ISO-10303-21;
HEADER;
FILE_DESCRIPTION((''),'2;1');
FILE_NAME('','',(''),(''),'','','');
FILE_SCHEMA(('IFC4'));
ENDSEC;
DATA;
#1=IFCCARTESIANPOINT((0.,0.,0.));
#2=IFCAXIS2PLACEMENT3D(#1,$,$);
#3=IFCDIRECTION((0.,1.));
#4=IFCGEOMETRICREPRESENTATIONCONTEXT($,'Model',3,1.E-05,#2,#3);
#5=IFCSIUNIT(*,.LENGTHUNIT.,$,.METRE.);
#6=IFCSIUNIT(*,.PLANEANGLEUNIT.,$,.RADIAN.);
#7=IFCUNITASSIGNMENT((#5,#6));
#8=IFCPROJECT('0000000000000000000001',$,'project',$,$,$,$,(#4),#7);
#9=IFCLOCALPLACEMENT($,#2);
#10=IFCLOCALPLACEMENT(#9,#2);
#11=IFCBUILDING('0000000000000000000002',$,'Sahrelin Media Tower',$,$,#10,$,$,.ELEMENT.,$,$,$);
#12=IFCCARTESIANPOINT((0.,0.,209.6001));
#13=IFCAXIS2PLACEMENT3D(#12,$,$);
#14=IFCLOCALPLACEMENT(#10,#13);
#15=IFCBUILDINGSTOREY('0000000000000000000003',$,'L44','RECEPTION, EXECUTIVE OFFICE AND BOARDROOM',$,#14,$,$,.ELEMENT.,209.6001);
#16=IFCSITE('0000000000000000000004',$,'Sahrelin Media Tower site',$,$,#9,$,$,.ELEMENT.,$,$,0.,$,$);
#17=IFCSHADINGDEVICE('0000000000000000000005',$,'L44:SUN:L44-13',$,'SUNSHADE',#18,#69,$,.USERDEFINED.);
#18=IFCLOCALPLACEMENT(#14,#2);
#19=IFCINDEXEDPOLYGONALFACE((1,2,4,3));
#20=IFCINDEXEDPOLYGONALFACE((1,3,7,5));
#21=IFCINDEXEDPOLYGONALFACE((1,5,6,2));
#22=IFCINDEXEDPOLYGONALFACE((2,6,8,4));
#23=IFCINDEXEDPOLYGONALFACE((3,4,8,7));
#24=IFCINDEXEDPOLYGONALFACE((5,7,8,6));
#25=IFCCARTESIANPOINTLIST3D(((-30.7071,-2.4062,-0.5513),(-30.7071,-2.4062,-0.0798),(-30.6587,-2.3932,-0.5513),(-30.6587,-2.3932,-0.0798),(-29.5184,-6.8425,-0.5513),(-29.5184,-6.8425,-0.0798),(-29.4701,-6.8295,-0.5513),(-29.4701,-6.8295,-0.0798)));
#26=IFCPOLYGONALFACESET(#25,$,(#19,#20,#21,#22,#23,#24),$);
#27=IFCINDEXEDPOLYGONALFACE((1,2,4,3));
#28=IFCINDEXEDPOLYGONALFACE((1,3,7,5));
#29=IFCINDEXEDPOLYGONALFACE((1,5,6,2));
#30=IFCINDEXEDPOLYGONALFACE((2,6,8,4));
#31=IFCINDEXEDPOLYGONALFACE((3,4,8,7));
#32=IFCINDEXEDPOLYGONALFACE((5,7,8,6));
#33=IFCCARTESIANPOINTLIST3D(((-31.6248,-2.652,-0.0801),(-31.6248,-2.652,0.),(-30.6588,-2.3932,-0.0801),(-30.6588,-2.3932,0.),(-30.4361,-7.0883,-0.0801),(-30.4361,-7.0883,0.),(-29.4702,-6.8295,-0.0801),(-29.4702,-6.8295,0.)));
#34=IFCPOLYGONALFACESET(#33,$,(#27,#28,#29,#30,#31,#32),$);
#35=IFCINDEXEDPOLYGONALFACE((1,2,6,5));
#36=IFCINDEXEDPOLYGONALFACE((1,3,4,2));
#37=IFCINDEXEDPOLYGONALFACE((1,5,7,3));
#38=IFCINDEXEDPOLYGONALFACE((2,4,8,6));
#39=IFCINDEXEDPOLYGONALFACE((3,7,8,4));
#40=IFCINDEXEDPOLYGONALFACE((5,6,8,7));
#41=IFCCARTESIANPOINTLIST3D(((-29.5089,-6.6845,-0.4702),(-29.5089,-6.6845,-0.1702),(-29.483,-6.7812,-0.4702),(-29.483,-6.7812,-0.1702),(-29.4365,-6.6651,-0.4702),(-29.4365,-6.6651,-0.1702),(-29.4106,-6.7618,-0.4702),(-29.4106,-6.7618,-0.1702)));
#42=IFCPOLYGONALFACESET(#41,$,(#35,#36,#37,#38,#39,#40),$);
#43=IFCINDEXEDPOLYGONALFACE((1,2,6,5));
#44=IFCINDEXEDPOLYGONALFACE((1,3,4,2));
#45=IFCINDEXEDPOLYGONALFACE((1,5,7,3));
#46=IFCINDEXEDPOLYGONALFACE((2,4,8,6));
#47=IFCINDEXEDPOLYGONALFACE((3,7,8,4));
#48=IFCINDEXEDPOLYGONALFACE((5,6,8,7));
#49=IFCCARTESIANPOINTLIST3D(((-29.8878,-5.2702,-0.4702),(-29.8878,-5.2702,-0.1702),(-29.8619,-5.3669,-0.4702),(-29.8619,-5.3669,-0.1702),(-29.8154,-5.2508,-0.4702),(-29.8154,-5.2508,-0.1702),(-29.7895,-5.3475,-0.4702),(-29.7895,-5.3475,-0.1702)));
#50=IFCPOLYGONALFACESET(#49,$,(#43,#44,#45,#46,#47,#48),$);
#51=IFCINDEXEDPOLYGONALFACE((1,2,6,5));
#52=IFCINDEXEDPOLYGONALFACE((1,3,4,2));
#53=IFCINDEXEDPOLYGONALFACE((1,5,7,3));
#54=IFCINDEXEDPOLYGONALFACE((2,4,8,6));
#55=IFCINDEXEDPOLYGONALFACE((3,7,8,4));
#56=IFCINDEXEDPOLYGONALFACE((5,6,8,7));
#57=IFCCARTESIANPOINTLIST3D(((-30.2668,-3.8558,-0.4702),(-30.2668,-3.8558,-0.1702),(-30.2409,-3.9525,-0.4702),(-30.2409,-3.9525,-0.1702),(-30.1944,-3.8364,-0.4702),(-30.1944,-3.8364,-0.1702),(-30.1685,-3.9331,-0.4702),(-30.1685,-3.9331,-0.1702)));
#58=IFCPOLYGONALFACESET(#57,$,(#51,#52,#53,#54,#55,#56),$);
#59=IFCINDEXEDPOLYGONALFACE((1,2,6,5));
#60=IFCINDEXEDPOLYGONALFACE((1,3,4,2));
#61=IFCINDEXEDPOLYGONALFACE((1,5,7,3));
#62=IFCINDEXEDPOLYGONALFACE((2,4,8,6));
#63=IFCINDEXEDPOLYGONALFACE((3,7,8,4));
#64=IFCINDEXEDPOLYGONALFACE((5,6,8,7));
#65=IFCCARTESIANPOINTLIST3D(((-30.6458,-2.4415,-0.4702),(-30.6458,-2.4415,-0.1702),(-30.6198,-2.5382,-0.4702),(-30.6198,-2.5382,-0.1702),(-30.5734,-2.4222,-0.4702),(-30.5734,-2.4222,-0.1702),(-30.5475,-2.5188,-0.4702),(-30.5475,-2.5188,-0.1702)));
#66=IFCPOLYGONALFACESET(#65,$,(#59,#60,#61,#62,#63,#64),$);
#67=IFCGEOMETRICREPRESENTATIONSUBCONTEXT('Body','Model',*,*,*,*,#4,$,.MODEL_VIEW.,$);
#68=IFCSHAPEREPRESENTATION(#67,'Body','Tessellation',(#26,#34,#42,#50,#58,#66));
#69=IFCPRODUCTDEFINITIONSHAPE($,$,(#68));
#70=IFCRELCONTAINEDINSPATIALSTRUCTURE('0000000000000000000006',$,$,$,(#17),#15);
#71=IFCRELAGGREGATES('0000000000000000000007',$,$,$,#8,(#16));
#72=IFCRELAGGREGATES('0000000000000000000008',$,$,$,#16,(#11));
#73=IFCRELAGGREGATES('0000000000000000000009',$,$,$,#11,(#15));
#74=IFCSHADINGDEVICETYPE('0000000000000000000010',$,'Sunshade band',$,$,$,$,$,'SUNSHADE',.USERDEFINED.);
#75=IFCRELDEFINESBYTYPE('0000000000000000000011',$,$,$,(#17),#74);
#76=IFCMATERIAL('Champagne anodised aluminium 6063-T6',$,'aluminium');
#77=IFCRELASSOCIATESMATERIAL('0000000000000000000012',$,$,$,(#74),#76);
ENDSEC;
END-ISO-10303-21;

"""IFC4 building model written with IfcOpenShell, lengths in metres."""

from ifc_helpers import new_model, si_unit, direction, frame, origin, origin_2d, place, context, subcontext, project, spatial, rectangle, extrude, material, type_object, element, save


model = new_model("IFC4")

# Units and contexts
model_context = context("Model", 3, precision=1e-05, world=origin(), true_north=direction((0.0, 1.0)))
body_context = subcontext(model_context, "Body", "Model", "MODEL_VIEW")
ifc_project = project(units=[si_unit("LENGTHUNIT", "METRE"), si_unit("PLANEANGLEUNIT", "RADIAN")], contexts=[model_context])

# Site, building, storey
site_placement = place(None, origin())
site = spatial("IfcSite", under=ifc_project, at=site_placement, Name="Sahrelin Media Tower site", CompositionType="ELEMENT", RefElevation=0.0)
building_placement = place(site_placement, origin())
building = spatial("IfcBuilding", under=site, at=building_placement, Name="Sahrelin Media Tower", CompositionType="ELEMENT")
storey_placement = place(building_placement, frame((0.0, 0.0, 209.6001)))
storey = spatial("IfcBuildingStorey", under=building, at=storey_placement, Name="L44", Description="RECEPTION, EXECUTIVE OFFICE AND BOARDROOM", CompositionType="ELEMENT", Elevation=209.6001)

# Shared definitions
ifc_material_1 = material(Name="Champagne anodised aluminium 6063-T6", Category="aluminium")

# Shading device
placement_1 = place(storey_placement, frame((-30.0452, -4.6062, 0.0), z_axis=(0.0, 0.0, 1.0), x_axis=(-0.258808, 0.965929, 0.0)))
shading_device_type_1 = type_object("IfcShadingDeviceType", Name="Sunshade band", ElementType="SUNSHADE", PredefinedType="USERDEFINED", material=ifc_material_1)
element("IfcShadingDevice", 1, at=placement_1, inside=storey, type_object=shading_device_type_1, Name="L44:SUN:L44-13", ObjectType="SUNSHADE", PredefinedType="USERDEFINED", context=body_context, shape_type="SweptSolid", body=[
    extrude(rectangle(XDim=4.5928, YDim=0.05, at=origin_2d()), frame((0.0, 0.0449, -0.5513)), (0.0, 0.0, 1.0), 0.4714),
    extrude(rectangle(XDim=4.5928, YDim=1.0, at=origin_2d()), frame((0.0, 0.52, -0.0801)), (0.0, 0.0, 1.0), 0.0801),
    extrude(rectangle(XDim=0.1001, YDim=0.075, at=origin_2d()), frame((-2.1963, -0.0176, -0.4702)), (0.0, 0.0, 1.0), 0.3),
    extrude(rectangle(XDim=0.1001, YDim=0.075, at=origin_2d()), frame((-0.7322, -0.0176, -0.4702)), (0.0, 0.0, 1.0), 0.3),
    extrude(rectangle(XDim=0.1001, YDim=0.075, at=origin_2d()), frame((0.7322, -0.0176, -0.4702)), (0.0, 0.0, 1.0), 0.3),
    extrude(rectangle(XDim=0.1001, YDim=0.075, at=origin_2d()), frame((2.1963, -0.0176, -0.4702)), (0.0, 0.0, 1.0), 0.3),
])

save(model, "model.ifc")
